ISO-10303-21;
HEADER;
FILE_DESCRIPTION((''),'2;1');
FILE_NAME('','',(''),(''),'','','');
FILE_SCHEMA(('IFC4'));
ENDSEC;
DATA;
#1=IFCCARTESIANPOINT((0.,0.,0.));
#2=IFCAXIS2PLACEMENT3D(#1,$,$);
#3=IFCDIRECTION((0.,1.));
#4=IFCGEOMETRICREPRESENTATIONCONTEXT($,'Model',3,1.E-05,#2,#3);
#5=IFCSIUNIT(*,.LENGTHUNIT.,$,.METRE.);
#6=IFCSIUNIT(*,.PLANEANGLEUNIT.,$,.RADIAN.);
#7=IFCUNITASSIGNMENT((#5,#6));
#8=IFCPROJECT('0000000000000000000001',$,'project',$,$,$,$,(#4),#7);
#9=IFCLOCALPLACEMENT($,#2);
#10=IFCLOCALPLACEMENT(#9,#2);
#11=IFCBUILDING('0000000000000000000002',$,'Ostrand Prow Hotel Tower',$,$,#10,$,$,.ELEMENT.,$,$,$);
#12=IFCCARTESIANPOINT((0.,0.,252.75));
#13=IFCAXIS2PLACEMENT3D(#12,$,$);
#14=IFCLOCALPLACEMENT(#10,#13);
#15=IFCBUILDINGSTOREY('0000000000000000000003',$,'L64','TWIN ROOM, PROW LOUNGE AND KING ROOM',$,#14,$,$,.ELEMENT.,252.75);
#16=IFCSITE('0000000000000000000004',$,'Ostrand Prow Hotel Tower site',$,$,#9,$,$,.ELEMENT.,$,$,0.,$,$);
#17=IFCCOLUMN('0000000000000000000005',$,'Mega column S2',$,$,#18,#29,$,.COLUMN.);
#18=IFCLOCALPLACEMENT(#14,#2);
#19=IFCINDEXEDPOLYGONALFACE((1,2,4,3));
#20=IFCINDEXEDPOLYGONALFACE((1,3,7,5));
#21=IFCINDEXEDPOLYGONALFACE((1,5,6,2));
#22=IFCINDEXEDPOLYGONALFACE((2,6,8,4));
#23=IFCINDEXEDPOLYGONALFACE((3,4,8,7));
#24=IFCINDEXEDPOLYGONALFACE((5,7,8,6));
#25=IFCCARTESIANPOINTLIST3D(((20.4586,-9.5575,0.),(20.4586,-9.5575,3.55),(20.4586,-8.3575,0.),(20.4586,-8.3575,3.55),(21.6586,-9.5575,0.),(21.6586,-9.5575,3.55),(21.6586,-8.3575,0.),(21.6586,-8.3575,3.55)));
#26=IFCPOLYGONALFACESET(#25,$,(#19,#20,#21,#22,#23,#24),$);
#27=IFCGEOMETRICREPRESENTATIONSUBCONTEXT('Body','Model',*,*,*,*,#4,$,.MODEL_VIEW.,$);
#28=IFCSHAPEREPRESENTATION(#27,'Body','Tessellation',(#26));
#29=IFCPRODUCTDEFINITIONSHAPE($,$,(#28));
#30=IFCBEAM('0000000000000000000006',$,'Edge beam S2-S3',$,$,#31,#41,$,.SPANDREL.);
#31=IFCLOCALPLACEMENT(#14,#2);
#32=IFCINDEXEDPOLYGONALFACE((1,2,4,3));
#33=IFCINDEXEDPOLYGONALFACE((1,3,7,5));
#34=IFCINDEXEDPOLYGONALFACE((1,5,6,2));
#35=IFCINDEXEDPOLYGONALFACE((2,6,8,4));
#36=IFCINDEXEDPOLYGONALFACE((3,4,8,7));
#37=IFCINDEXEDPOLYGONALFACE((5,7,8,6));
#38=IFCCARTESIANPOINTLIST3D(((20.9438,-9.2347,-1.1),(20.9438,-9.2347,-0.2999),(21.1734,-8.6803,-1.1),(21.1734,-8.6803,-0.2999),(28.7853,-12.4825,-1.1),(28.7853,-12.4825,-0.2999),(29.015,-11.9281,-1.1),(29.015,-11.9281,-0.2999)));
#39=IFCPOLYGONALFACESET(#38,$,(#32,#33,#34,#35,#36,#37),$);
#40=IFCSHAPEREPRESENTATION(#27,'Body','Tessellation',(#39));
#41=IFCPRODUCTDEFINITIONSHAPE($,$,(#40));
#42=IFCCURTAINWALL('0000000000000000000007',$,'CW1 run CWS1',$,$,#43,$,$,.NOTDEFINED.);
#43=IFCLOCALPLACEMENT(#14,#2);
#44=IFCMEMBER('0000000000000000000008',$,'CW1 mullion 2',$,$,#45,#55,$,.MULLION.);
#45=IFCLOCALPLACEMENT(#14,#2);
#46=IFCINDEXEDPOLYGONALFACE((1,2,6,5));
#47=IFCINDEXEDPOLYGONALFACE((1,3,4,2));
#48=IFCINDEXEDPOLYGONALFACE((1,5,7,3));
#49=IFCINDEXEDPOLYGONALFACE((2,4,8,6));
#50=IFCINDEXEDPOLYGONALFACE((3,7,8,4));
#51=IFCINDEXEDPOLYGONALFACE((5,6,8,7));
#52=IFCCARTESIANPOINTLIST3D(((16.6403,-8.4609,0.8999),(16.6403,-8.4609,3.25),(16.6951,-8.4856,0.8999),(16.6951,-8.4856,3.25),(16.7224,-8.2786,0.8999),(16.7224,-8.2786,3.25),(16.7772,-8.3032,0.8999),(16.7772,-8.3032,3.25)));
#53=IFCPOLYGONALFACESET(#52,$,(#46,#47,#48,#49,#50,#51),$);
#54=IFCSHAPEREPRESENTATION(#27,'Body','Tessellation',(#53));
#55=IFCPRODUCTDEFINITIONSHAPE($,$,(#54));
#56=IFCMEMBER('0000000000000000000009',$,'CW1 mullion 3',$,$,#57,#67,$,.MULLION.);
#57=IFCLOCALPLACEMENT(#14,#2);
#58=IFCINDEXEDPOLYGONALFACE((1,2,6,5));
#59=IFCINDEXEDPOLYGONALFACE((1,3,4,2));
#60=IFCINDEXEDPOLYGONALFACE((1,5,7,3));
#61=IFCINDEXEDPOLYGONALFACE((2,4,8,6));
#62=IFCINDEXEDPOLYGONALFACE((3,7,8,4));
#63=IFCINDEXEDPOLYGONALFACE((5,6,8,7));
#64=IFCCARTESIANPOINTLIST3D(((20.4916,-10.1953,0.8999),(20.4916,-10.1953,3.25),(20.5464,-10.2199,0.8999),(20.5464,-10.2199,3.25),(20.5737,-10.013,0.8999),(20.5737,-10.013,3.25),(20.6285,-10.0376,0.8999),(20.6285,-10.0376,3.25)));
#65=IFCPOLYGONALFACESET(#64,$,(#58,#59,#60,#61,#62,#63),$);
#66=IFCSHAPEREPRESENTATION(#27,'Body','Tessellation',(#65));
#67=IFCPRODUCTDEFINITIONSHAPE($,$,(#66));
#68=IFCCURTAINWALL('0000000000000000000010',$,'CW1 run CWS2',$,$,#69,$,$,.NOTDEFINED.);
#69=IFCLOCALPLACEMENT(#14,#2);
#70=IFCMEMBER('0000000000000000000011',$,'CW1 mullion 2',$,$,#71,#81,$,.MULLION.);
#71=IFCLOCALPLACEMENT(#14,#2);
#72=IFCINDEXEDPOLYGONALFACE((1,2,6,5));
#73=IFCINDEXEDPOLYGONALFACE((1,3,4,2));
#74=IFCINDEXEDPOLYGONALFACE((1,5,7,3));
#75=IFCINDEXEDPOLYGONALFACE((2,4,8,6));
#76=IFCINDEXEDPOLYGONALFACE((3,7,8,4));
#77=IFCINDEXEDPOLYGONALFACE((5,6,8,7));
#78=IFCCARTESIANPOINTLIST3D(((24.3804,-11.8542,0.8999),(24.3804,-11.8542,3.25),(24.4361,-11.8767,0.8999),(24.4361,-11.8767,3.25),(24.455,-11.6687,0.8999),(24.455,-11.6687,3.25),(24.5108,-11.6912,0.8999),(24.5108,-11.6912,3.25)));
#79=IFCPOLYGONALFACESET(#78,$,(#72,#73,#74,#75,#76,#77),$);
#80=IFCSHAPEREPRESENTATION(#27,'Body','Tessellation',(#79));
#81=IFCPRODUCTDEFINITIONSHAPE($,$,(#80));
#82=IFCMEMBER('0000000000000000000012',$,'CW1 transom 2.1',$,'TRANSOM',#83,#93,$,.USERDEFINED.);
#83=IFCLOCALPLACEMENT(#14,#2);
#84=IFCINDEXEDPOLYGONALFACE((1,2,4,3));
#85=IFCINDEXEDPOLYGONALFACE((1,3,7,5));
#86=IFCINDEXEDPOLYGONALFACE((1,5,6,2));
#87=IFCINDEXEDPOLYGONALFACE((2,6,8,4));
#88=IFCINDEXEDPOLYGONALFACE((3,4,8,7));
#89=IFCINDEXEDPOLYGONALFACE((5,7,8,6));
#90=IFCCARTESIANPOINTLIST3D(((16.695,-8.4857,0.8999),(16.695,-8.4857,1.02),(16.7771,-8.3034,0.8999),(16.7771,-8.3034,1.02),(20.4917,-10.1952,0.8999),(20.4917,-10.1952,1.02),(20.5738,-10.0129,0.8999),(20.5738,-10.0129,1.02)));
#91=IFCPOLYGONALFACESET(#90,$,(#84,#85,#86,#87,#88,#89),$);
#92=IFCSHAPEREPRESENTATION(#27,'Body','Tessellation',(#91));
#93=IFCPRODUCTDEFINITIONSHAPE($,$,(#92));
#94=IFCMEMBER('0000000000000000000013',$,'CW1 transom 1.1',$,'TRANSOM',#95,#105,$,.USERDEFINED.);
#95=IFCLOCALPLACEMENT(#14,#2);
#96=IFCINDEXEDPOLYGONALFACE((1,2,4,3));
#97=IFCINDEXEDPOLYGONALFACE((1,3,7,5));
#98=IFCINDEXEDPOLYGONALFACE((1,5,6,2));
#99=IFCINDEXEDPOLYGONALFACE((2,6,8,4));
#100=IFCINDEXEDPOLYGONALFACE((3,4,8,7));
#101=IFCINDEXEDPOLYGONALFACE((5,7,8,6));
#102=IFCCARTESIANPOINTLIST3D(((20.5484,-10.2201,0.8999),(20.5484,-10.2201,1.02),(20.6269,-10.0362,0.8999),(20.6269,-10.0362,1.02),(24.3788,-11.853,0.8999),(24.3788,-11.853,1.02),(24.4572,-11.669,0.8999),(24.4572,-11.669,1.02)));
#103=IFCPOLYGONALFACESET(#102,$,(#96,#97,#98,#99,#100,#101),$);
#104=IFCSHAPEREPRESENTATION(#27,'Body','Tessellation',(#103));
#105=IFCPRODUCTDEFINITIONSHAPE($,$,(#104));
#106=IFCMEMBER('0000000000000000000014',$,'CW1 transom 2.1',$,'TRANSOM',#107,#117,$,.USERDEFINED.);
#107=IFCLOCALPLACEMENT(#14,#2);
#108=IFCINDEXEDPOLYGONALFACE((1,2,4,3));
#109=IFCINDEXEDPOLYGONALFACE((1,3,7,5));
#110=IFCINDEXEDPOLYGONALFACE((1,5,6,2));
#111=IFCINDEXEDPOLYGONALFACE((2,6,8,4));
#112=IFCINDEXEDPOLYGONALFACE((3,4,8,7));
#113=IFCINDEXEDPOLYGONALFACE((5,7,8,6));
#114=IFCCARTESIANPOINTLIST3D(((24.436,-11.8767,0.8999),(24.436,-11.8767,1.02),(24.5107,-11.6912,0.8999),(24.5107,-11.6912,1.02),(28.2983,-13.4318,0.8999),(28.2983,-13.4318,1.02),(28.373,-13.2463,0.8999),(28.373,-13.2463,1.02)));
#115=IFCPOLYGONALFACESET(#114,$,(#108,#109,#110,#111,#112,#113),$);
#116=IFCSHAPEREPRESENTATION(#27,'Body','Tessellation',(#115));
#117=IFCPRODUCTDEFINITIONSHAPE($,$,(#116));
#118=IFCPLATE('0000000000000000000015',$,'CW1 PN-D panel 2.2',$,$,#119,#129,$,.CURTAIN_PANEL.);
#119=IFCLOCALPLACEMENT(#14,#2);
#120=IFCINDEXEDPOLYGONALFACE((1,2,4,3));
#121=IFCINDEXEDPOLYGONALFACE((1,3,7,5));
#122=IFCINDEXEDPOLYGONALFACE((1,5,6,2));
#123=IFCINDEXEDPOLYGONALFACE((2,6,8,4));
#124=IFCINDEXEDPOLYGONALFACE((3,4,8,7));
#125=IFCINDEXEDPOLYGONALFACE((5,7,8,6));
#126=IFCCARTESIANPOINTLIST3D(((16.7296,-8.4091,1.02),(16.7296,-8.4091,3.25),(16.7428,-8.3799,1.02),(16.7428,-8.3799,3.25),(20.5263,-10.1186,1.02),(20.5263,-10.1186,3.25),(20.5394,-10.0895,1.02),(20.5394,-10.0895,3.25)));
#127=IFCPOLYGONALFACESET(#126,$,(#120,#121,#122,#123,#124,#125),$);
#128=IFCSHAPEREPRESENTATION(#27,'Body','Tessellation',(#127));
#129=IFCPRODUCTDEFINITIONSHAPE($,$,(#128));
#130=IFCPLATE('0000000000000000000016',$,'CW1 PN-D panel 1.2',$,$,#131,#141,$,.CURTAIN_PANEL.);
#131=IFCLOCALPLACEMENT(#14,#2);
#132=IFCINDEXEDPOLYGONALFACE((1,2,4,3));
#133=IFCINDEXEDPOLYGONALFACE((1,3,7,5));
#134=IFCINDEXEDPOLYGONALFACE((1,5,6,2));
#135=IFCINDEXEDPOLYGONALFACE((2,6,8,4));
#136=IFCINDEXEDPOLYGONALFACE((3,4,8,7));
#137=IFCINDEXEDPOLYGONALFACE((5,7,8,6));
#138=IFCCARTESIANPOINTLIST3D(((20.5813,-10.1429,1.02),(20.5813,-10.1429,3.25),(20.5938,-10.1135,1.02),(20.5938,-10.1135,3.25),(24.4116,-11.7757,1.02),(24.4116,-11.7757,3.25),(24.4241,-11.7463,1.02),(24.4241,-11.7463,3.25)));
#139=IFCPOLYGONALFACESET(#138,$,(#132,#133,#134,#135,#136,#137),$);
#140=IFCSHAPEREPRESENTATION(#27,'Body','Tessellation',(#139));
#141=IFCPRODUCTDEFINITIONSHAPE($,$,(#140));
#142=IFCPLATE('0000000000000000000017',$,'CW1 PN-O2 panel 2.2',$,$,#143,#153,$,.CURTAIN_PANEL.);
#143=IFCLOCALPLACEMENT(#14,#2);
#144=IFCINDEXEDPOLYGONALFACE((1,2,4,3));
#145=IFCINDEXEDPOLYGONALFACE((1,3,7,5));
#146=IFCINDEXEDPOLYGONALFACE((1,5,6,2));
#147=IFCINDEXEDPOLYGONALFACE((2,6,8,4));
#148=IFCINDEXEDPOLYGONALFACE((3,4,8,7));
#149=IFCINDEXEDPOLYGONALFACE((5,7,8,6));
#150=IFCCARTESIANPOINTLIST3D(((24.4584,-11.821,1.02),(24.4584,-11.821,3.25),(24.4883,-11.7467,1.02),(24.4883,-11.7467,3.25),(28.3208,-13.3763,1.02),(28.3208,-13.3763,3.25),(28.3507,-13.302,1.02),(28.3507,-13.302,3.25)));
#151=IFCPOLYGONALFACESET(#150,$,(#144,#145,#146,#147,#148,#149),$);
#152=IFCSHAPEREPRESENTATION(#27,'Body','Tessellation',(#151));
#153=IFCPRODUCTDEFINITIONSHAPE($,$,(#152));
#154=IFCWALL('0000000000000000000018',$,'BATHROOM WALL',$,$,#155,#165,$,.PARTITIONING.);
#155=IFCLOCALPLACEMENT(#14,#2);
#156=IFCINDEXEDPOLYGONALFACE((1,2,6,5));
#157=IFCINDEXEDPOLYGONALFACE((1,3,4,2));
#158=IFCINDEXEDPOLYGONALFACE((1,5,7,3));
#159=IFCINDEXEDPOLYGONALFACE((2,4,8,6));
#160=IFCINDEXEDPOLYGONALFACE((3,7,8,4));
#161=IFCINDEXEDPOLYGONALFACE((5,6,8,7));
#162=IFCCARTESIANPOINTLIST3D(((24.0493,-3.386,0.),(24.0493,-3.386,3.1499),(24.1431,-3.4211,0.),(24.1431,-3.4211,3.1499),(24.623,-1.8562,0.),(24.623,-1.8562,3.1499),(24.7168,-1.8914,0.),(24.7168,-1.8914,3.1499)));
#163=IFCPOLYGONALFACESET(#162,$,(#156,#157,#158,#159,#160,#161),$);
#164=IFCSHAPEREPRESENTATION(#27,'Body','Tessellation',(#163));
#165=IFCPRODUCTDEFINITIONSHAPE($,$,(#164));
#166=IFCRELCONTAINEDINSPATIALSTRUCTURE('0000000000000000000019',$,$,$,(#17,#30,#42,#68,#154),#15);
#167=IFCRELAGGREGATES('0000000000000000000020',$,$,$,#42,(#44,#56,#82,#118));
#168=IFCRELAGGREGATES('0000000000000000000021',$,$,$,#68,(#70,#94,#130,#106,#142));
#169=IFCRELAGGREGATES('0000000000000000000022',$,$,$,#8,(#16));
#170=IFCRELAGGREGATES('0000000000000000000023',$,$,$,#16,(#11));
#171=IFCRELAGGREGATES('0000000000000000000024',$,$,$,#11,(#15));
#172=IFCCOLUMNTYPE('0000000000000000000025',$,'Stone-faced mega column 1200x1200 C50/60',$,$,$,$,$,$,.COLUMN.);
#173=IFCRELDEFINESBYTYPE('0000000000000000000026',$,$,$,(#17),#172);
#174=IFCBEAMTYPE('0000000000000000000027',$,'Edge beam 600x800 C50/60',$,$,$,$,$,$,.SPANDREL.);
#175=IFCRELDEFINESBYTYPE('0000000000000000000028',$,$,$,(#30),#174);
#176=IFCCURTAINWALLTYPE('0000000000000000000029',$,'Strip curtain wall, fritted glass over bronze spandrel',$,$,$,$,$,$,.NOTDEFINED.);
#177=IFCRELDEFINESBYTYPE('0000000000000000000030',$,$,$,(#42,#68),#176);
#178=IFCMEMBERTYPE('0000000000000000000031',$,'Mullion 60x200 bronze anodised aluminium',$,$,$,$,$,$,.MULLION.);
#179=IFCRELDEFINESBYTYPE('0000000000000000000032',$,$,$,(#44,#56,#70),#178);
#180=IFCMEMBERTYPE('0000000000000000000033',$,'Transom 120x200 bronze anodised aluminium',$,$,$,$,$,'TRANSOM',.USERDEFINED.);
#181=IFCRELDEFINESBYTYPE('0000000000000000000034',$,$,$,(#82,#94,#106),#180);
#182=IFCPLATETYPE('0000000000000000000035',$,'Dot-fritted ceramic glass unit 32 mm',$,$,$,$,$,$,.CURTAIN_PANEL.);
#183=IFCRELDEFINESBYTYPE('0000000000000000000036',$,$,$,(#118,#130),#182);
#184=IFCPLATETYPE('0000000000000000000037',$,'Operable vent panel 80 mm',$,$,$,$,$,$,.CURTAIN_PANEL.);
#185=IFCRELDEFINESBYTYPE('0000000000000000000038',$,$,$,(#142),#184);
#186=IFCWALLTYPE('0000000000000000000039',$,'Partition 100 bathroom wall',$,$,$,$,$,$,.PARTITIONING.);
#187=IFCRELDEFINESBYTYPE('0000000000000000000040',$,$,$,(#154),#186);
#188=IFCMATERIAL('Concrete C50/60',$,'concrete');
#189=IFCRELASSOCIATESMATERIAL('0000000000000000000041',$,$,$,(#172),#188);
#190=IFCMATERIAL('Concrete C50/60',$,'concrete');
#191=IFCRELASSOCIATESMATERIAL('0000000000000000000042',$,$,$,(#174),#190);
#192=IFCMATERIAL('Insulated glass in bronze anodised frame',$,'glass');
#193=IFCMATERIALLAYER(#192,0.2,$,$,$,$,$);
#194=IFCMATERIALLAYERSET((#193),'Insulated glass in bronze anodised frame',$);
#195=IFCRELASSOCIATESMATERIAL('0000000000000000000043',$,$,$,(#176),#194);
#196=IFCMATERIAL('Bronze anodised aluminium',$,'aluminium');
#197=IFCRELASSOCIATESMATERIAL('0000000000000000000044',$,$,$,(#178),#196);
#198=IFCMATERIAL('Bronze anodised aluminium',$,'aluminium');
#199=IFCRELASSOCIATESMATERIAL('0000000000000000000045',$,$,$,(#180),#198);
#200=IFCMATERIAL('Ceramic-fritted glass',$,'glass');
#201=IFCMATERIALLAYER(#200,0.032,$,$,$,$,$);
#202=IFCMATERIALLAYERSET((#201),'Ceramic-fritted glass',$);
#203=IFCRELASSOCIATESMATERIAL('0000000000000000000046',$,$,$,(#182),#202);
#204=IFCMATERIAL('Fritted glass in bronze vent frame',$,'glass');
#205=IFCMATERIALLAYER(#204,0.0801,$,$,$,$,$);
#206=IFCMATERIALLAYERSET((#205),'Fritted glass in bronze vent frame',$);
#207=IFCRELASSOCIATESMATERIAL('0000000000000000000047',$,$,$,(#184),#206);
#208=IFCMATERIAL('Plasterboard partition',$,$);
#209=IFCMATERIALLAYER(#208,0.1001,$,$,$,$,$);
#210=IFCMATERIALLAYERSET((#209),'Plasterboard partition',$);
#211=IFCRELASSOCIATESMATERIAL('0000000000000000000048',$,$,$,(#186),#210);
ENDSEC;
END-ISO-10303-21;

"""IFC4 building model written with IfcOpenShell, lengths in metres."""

from ifc_helpers import new_model, si_unit, direction, frame, frame_2d, origin, origin_2d, place, context, subcontext, project, spatial, rectangle, extrude, material, layer, layer_set, material_profile, profile_set, type_object, element, aggregate, save


model = new_model("IFC4")

# Units and contexts
model_context = context("Model", 3, precision=1e-05, world=origin(), true_north=direction((0.0, 1.0)))
body_context = subcontext(model_context, "Body", "Model", "MODEL_VIEW")
ifc_project = project(units=[si_unit("LENGTHUNIT", "METRE"), si_unit("PLANEANGLEUNIT", "RADIAN")], contexts=[model_context])

# Site, building, storey
site_placement = place(None, origin())
site = spatial("IfcSite", under=ifc_project, at=site_placement, Name="Ostrand Prow Hotel Tower site", CompositionType="ELEMENT", RefElevation=0.0)
building_placement = place(site_placement, origin())
building = spatial("IfcBuilding", under=site, at=building_placement, Name="Ostrand Prow Hotel Tower", CompositionType="ELEMENT")
storey_placement = place(building_placement, frame((0.0, 0.0, 252.75)))
storey = spatial("IfcBuildingStorey", under=building, at=storey_placement, Name="L64", Description="TWIN ROOM, PROW LOUNGE AND KING ROOM", CompositionType="ELEMENT", Elevation=252.75)

# Column
ifc_material_1 = material(Name="Concrete C50/60", Category="concrete")
ifc_material_profile_1 = material_profile(ifc_material_1, rectangle(XDim=1.2, YDim=1.2, at=origin_2d()), Name="RC 1200x1200")
ifc_profile_set_1 = profile_set([ifc_material_profile_1], Name="Concrete C50/60")
column_type = type_object("IfcColumnType", Name="Stone-faced mega column 1200x1200 C50/60", PredefinedType="COLUMN", material=ifc_profile_set_1)
column_placement = place(storey_placement, frame((21.0586, -8.9575, 0.0), z_axis=(0.0, 0.0, 1.0), x_axis=(1.0, 0.0, 0.0)))
element("IfcColumn", 1, at=column_placement, inside=storey, type_object=column_type, Name="Mega column S2", PredefinedType="COLUMN", context=body_context, shape_type="SweptSolid", body=[
    extrude(rectangle(XDim=1.2, YDim=1.2, at=origin_2d()), origin(), (0.0, 0.0, 1.0), 3.55),
])

# Beam
ifc_material_2 = material(Name="Concrete C50/60", Category="concrete")
ifc_material_profile_2 = material_profile(ifc_material_2, rectangle(XDim=0.6001, YDim=0.8, at=origin_2d()), Name="RC 600x800")
ifc_profile_set_2 = profile_set([ifc_material_profile_2], Name="Concrete C50/60")
beam_type = type_object("IfcBeamType", Name="Edge beam 600x800 C50/60", PredefinedType="SPANDREL", material=ifc_profile_set_2)
beam_placement = place(storey_placement, frame((21.0586, -8.9575, -0.7), z_axis=(0.923891, -0.382656, 0.0), x_axis=(0.382656, 0.923891, 0.0)))
element("IfcBeam", 2, at=beam_placement, inside=storey, type_object=beam_type, Name="Edge beam S2-S3", PredefinedType="SPANDREL", context=body_context, shape_type="SweptSolid", body=[
    extrude(rectangle(XDim=0.6001, YDim=0.8, at=origin_2d()), origin(), (0.0, 0.0, 1.0), 8.4875),
])

# Curtain wall, members
ifc_material_3 = material(Name="Insulated glass in bronze anodised frame", Category="glass")
ifc_layer_1 = layer(ifc_material_3, 0.2)
ifc_layer_set_1 = layer_set([ifc_layer_1], Name="Insulated glass in bronze anodised frame")
curtain_wall_type = type_object("IfcCurtainWallType", Name="Strip curtain wall, fritted glass over bronze spandrel", PredefinedType="NOTDEFINED", material=ifc_layer_set_1)
curtain_wall_1_placement = place(storey_placement, origin())
curtain_wall_1 = element("IfcCurtainWall", 3, at=curtain_wall_1_placement, inside=storey, type_object=curtain_wall_type, Name="CW1 run CWS1", PredefinedType="NOTDEFINED")
ifc_material_4 = material(Name="Bronze anodised aluminium", Category="aluminium")
ifc_material_profile_3 = material_profile(ifc_material_4, rectangle(XDim=0.2, YDim=0.0601, at=origin_2d()), Name="Mullion 60x200 bronze anodised aluminium")
ifc_profile_set_3 = profile_set([ifc_material_profile_3], Name="Bronze anodised aluminium")
member_type_1 = type_object("IfcMemberType", Name="Mullion 60x200 bronze anodised aluminium", PredefinedType="MULLION", material=ifc_profile_set_3)
member_1_placement = place(storey_placement, frame((16.7087, -8.3821, 0.8999), z_axis=(0.0, 0.0, 1.0), x_axis=(0.410582, 0.911824, 0.0)))
member_1 = element("IfcMember", 4, at=member_1_placement, type_object=member_type_1, Name="CW1 mullion 2", PredefinedType="MULLION", context=body_context, shape_type="SweptSolid", body=[
    extrude(rectangle(XDim=0.2, YDim=0.0601, at=origin_2d()), origin(), (0.0, 0.0, 1.0), 2.3501),
])
member_2_placement = place(storey_placement, frame((20.5601, -10.1165, 0.8999), z_axis=(0.0, 0.0, 1.0), x_axis=(0.410582, 0.911824, 0.0)))
member_2 = element("IfcMember", 5, at=member_2_placement, type_object=member_type_1, Name="CW1 mullion 3", PredefinedType="MULLION", context=body_context, shape_type="SweptSolid", body=[
    extrude(rectangle(XDim=0.2, YDim=0.0601, at=origin_2d()), origin(), (0.0, 0.0, 1.0), 2.3501),
])

# Curtain wall, member
curtain_wall_2_placement = place(storey_placement, origin())
curtain_wall_2 = element("IfcCurtainWall", 6, at=curtain_wall_2_placement, inside=storey, type_object=curtain_wall_type, Name="CW1 run CWS2", PredefinedType="NOTDEFINED")
member_3_placement = place(storey_placement, frame((24.4456, -11.7727, 0.8999), z_axis=(0.0, 0.0, 1.0), x_axis=(0.373533, 0.927617, 0.0)))
member_3 = element("IfcMember", 7, at=member_3_placement, type_object=member_type_1, Name="CW1 mullion 2", PredefinedType="MULLION", context=body_context, shape_type="SweptSolid", body=[
    extrude(rectangle(XDim=0.2, YDim=0.0601, at=origin_2d()), origin(), (0.0, 0.0, 1.0), 2.3501),
])

# Members
ifc_material_5 = material(Name="Bronze anodised aluminium", Category="aluminium")
ifc_material_profile_4 = material_profile(ifc_material_5, rectangle(XDim=0.2, YDim=0.1201, at=origin_2d()), Name="Transom 120x200 bronze anodised aluminium")
ifc_profile_set_4 = profile_set([ifc_material_profile_4], Name="Bronze anodised aluminium")
member_type_2 = type_object("IfcMemberType", Name="Transom 120x200 bronze anodised aluminium", ElementType="TRANSOM", PredefinedType="USERDEFINED", material=ifc_profile_set_4)
member_4_placement = place(storey_placement, frame((16.7361, -8.3945, 0.96), z_axis=(0.911833, -0.410562, 0.0), x_axis=(0.410562, 0.911833, 0.0)))
member_4 = element("IfcMember", 8, at=member_4_placement, type_object=member_type_2, Name="CW1 transom 2.1", ObjectType="TRANSOM", PredefinedType="USERDEFINED", context=body_context, shape_type="SweptSolid", body=[
    extrude(rectangle(XDim=0.2, YDim=0.1201, at=origin_2d()), origin(), (0.0, 0.0, 1.0), 4.1638),
])
member_5_placement = place(storey_placement, frame((20.5876, -10.1282, 0.96), z_axis=(0.919905, -0.392142, 0.0), x_axis=(0.392142, 0.919905, 0.0)))
member_5 = element("IfcMember", 9, at=member_5_placement, type_object=member_type_2, Name="CW1 transom 1.1", ObjectType="TRANSOM", PredefinedType="USERDEFINED", context=body_context, shape_type="SweptSolid", body=[
    extrude(rectangle(XDim=0.2, YDim=0.1201, at=origin_2d()), origin(), (0.0, 0.0, 1.0), 4.1638),
])
member_6_placement = place(storey_placement, frame((24.4734, -11.7839, 0.96), z_axis=(0.927625, -0.373513, 0.0), x_axis=(0.373513, 0.927625, 0.0)))
member_6 = element("IfcMember", 10, at=member_6_placement, type_object=member_type_2, Name="CW1 transom 2.1", ObjectType="TRANSOM", PredefinedType="USERDEFINED", context=body_context, shape_type="SweptSolid", body=[
    extrude(rectangle(XDim=0.2, YDim=0.1201, at=origin_2d()), origin(), (0.0, 0.0, 1.0), 4.1636),
])

# Plates
ifc_material_6 = material(Name="Ceramic-fritted glass", Category="glass")
ifc_layer_2 = layer(ifc_material_6, 0.032)
ifc_layer_set_2 = layer_set([ifc_layer_2], Name="Ceramic-fritted glass")
plate_type_1 = type_object("IfcPlateType", Name="Dot-fritted ceramic glass unit 32 mm", PredefinedType="CURTAIN_PANEL", material=ifc_layer_set_2)
plate_1_placement = place(storey_placement, frame((18.6345, -9.2493, 1.02), z_axis=(0.0, 0.0, 1.0), x_axis=(0.911824, -0.410582, 0.0)))
plate_1 = element("IfcPlate", 11, at=plate_1_placement, type_object=plate_type_1, Name="CW1 PN-D panel 2.2", PredefinedType="CURTAIN_PANEL", context=body_context, shape_type="SweptSolid", body=[
    extrude(rectangle(XDim=4.1638, YDim=0.032, at=origin_2d()), origin(), (0.0, 0.0, 1.0), 2.23),
])
aggregate(curtain_wall_1, [member_1, member_2, member_4, plate_1])
plate_2_placement = place(storey_placement, frame((22.5027, -10.9446, 1.02), z_axis=(0.0, 0.0, 1.0), x_axis=(0.919907, -0.392136, 0.0)))
plate_2 = element("IfcPlate", 12, at=plate_2_placement, type_object=plate_type_1, Name="CW1 PN-D panel 1.2", PredefinedType="CURTAIN_PANEL", context=body_context, shape_type="SweptSolid", body=[
    extrude(rectangle(XDim=4.1638, YDim=0.032, at=origin_2d()), origin(), (0.0, 0.0, 1.0), 2.23),
])
ifc_material_7 = material(Name="Fritted glass in bronze vent frame", Category="glass")
ifc_layer_3 = layer(ifc_material_7, 0.0801)
ifc_layer_set_3 = layer_set([ifc_layer_3], Name="Fritted glass in bronze vent frame")
plate_type_2 = type_object("IfcPlateType", Name="Operable vent panel 80 mm", PredefinedType="CURTAIN_PANEL", material=ifc_layer_set_3)
plate_3_placement = place(storey_placement, frame((26.4045, -12.5615, 1.02), z_axis=(0.0, 0.0, 1.0), x_axis=(0.927617, -0.373533, 0.0)))
plate_3 = element("IfcPlate", 13, at=plate_3_placement, type_object=plate_type_2, Name="CW1 PN-O2 panel 2.2", PredefinedType="CURTAIN_PANEL", context=body_context, shape_type="SweptSolid", body=[
    extrude(rectangle(XDim=4.1638, YDim=0.0801, at=origin_2d()), origin(), (0.0, 0.0, 1.0), 2.23),
])
aggregate(curtain_wall_2, [member_3, member_5, plate_2, member_6, plate_3])

# Wall
ifc_material_8 = material(Name="Plasterboard partition")
ifc_layer_4 = layer(ifc_material_8, 0.1001)
ifc_layer_set_4 = layer_set([ifc_layer_4], Name="Plasterboard partition")
wall_type_1 = type_object("IfcWallType", Name="Partition 100 bathroom wall", PredefinedType="PARTITIONING", material=ifc_layer_set_4)
wall_1_placement = place(storey_placement, frame((24.0962, -3.4036, 0.0), z_axis=(0.0, 0.0, 1.0), x_axis=(0.351156, 0.936317, 0.0)))
element("IfcWall", 14, at=wall_1_placement, inside=storey, type_object=wall_type_1, Name="BATHROOM WALL", PredefinedType="PARTITIONING", context=body_context, shape_type="SweptSolid", body=[
    extrude(rectangle(XDim=1.6338, YDim=0.1001, at=frame_2d((0.8169, 0.0))), origin(), (0.0, 0.0, 1.0), 3.1499),
])

save(model, "model.ifc")
